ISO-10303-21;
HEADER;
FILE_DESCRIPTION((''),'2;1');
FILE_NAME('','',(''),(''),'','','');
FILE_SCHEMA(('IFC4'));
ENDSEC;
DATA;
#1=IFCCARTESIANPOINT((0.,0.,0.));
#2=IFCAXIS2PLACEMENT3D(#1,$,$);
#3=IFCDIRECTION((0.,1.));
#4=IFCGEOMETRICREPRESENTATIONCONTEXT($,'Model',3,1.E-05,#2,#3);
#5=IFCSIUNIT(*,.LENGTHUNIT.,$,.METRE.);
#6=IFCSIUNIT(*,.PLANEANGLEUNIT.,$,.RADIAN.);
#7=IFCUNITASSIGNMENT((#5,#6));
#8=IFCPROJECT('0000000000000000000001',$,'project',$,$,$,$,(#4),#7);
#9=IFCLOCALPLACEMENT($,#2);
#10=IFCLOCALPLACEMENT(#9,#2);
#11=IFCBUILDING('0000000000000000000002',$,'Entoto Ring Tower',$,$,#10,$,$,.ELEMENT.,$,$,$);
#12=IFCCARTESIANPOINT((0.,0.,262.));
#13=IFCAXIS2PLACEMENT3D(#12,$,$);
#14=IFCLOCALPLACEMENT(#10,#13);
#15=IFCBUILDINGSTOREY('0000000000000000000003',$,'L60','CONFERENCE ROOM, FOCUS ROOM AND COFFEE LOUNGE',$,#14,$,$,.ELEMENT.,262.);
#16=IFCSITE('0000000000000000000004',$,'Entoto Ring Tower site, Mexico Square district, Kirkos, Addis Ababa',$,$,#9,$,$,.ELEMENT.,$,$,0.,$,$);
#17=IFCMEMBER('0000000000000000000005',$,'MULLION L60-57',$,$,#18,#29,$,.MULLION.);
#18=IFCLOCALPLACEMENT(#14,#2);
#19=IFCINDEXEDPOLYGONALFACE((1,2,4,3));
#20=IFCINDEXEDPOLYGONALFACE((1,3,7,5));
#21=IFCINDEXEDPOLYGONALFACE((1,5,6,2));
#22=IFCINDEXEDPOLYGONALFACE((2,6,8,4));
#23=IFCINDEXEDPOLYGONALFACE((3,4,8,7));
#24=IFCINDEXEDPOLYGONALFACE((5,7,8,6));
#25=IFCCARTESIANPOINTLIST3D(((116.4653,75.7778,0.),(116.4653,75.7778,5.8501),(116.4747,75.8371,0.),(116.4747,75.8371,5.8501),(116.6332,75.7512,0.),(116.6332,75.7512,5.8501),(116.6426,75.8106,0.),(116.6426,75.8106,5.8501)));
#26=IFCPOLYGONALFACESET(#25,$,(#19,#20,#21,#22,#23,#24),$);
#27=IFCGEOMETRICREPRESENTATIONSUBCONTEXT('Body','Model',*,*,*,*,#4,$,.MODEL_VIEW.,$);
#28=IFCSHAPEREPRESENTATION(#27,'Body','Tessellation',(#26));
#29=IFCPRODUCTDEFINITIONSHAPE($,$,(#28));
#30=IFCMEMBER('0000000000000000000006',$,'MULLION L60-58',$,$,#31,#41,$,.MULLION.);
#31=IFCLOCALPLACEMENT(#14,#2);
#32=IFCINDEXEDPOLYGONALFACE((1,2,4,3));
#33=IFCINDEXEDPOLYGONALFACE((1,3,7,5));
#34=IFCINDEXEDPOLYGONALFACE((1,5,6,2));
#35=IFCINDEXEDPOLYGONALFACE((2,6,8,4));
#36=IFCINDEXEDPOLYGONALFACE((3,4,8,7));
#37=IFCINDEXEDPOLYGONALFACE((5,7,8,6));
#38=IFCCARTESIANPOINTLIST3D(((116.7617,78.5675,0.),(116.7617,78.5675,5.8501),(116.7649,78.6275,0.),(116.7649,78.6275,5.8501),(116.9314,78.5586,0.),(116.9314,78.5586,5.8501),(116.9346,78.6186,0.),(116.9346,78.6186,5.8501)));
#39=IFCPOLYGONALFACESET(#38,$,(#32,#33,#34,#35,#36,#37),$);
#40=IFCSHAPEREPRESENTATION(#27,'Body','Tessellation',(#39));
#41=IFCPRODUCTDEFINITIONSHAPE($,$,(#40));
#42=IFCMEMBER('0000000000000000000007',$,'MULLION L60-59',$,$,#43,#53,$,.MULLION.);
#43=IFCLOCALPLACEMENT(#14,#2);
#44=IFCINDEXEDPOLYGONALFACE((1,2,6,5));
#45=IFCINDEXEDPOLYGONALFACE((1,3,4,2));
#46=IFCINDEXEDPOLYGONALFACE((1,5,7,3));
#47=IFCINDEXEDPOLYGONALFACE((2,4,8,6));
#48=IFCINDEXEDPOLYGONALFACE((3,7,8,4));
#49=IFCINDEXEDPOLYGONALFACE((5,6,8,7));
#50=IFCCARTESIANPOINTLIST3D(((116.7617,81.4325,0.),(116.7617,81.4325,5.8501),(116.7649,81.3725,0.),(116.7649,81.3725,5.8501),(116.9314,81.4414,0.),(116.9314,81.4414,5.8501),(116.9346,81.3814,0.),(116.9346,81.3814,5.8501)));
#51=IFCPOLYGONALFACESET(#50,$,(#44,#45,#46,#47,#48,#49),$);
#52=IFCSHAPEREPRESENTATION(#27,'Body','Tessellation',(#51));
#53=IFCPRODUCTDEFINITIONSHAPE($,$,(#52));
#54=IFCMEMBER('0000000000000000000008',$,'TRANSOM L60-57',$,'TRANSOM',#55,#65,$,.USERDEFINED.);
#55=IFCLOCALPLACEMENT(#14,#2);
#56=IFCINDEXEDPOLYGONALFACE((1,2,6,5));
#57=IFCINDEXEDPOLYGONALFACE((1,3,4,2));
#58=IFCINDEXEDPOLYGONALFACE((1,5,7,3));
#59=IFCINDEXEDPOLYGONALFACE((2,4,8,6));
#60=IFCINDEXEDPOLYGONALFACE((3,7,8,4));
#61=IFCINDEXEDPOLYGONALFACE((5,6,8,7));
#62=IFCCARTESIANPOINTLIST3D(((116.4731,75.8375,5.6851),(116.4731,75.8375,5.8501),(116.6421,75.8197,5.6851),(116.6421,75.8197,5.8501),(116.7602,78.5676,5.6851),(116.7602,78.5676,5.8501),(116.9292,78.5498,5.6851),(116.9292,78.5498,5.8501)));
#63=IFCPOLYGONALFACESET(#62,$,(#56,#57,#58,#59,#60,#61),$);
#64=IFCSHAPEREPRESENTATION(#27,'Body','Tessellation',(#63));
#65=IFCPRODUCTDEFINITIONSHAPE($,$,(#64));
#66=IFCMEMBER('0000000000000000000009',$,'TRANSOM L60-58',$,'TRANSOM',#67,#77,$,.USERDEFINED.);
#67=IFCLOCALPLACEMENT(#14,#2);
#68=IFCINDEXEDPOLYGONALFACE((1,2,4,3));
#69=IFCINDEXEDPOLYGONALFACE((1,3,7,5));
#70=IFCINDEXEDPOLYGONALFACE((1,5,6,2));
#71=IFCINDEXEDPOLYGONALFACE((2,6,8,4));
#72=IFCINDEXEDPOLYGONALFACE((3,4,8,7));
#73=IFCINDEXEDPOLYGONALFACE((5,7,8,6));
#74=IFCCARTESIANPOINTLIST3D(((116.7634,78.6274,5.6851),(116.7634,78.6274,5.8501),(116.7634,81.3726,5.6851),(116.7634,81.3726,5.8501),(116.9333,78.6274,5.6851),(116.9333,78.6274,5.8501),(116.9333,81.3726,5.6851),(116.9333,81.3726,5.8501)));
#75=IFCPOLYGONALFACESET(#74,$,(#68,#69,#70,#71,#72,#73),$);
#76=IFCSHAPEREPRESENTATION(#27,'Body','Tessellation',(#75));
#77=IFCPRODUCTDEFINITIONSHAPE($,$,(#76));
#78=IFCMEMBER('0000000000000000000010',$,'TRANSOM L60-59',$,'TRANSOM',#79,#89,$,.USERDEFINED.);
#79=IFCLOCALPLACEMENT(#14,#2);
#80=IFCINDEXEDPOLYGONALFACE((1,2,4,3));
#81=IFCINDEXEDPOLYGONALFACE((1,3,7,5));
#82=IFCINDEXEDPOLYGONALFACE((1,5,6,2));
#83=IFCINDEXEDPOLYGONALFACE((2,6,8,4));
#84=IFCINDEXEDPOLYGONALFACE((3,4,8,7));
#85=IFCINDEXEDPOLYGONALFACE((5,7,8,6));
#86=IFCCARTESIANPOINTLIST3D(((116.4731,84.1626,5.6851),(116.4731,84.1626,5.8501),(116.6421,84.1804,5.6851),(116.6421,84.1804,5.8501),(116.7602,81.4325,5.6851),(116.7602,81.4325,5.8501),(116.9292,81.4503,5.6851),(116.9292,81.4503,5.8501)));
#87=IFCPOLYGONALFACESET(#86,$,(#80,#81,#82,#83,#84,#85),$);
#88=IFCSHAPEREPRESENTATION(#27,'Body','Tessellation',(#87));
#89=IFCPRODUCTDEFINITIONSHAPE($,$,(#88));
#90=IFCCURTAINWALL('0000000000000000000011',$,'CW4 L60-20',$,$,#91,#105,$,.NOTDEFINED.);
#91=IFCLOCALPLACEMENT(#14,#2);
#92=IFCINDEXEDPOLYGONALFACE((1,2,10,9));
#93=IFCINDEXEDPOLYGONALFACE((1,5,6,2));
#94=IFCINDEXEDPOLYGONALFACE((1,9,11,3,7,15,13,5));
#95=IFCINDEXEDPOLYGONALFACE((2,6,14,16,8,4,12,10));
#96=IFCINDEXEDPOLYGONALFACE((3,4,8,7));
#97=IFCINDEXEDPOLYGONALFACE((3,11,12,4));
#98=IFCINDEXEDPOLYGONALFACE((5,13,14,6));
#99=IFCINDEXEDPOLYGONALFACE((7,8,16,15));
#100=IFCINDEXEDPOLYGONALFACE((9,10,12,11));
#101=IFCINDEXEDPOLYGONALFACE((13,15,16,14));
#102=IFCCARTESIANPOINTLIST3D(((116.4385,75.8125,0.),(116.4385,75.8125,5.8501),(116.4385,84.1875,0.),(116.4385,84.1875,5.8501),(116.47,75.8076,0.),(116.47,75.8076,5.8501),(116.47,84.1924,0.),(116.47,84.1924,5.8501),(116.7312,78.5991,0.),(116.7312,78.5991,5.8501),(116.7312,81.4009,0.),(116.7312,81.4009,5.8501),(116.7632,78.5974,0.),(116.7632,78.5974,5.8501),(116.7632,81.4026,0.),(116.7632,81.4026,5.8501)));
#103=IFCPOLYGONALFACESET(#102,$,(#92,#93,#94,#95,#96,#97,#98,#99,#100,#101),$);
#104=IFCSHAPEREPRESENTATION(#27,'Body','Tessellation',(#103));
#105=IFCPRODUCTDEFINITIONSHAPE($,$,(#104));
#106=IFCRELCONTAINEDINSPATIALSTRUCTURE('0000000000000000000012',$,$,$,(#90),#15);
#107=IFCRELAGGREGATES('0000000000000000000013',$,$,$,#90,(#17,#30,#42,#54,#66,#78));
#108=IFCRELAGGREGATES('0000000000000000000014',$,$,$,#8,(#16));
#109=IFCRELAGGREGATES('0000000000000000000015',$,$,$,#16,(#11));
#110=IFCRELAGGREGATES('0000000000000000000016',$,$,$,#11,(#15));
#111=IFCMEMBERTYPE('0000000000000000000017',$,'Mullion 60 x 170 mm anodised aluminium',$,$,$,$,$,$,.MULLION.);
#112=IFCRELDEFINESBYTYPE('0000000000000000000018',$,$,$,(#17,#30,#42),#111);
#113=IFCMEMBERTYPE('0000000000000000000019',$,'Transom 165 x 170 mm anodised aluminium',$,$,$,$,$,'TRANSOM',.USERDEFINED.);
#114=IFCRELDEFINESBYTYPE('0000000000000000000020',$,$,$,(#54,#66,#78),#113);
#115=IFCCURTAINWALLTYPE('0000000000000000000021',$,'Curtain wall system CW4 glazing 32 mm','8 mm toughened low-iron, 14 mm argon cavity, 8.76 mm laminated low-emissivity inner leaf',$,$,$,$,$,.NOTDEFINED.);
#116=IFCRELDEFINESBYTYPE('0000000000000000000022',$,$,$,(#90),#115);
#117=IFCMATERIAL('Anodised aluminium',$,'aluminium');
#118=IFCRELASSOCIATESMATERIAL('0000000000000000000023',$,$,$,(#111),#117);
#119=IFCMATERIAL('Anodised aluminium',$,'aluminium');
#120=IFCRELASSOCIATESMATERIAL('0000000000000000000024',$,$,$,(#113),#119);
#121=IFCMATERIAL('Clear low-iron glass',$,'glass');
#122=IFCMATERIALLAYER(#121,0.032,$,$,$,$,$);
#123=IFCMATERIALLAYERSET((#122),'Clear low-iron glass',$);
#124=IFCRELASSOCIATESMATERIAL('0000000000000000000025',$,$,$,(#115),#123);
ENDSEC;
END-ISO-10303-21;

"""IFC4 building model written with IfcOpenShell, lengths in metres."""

from ifc_helpers import new_model, si_unit, direction, frame, origin, origin_2d, place, context, subcontext, project, spatial, polyline, rectangle, outline, extrude, material, layer, layer_set, material_profile, profile_set, type_object, element, aggregate, save


model = new_model("IFC4")

# Units and contexts
model_context = context("Model", 3, precision=1e-05, world=origin(), true_north=direction((0.0, 1.0)))
body_context = subcontext(model_context, "Body", "Model", "MODEL_VIEW")
ifc_project = project(units=[si_unit("LENGTHUNIT", "METRE"), si_unit("PLANEANGLEUNIT", "RADIAN")], contexts=[model_context])

# Members
ifc_material_1 = material(Name="Anodised aluminium", Category="aluminium")
ifc_material_profile_1 = material_profile(ifc_material_1, rectangle(XDim=0.0601, YDim=0.1699, at=origin_2d()), Name="Mullion 60 x 170 mm anodised aluminium")
ifc_profile_set_1 = profile_set([ifc_material_profile_1], Name="Anodised aluminium")
member_type_1 = type_object("IfcMemberType", Name="Mullion 60 x 170 mm anodised aluminium", PredefinedType="MULLION", material=ifc_profile_set_1)
site_placement = place(None, origin())
building_placement = place(site_placement, origin())
storey_placement = place(building_placement, frame((0.0, 0.0, 262.0)))
member_1_placement = place(storey_placement, frame((116.554, 75.7942, 0.0), z_axis=(0.0, 0.0, 1.0), x_axis=(0.156434, 0.987688, 0.0)))
member_1 = element("IfcMember", 1, at=member_1_placement, type_object=member_type_1, Name="MULLION L60-57", PredefinedType="MULLION", context=body_context, shape_type="SweptSolid", body=[
    extrude(rectangle(XDim=0.0601, YDim=0.1699, at=origin_2d()), origin(), (0.0, 0.0, 1.0), 5.8501),
])
member_2_placement = place(storey_placement, frame((116.8481, 78.593, 0.0), z_axis=(0.0, 0.0, 1.0), x_axis=(0.052336, 0.99863, 0.0)))
member_2 = element("IfcMember", 2, at=member_2_placement, type_object=member_type_1, Name="MULLION L60-58", PredefinedType="MULLION", context=body_context, shape_type="SweptSolid", body=[
    extrude(rectangle(XDim=0.0601, YDim=0.1699, at=origin_2d()), origin(), (0.0, 0.0, 1.0), 5.8501),
])
member_3_placement = place(storey_placement, frame((116.8481, 81.407, 0.0), z_axis=(0.0, 0.0, 1.0), x_axis=(-0.052336, 0.99863, 0.0)))
member_3 = element("IfcMember", 3, at=member_3_placement, type_object=member_type_1, Name="MULLION L60-59", PredefinedType="MULLION", context=body_context, shape_type="SweptSolid", body=[
    extrude(rectangle(XDim=0.0601, YDim=0.1699, at=origin_2d()), origin(), (0.0, 0.0, 1.0), 5.8501),
])
ifc_material_2 = material(Name="Anodised aluminium", Category="aluminium")
ifc_material_profile_2 = material_profile(ifc_material_2, rectangle(XDim=0.1699, YDim=0.165, at=origin_2d()), Name="Transom 165 x 170 mm anodised aluminium")
ifc_profile_set_2 = profile_set([ifc_material_profile_2], Name="Anodised aluminium")
member_type_2 = type_object("IfcMemberType", Name="Transom 165 x 170 mm anodised aluminium", ElementType="TRANSOM", PredefinedType="USERDEFINED", material=ifc_profile_set_2)
member_4_placement = place(storey_placement, frame((116.5576, 75.8286, 5.7676), z_axis=(0.104592, 0.994515, 0.0), x_axis=(-0.994515, 0.104592, 0.0)))
member_4 = element("IfcMember", 4, at=member_4_placement, type_object=member_type_2, Name="TRANSOM L60-57", ObjectType="TRANSOM", PredefinedType="USERDEFINED", context=body_context, shape_type="SweptSolid", body=[
    extrude(rectangle(XDim=0.1699, YDim=0.165, at=origin_2d()), origin(), (0.0, 0.0, 1.0), 2.7451),
])
member_5_placement = place(storey_placement, frame((116.8484, 78.6274, 5.7676), z_axis=(0.0, 1.0, 0.0), x_axis=(-1.0, 0.0, 0.0)))
member_5 = element("IfcMember", 5, at=member_5_placement, type_object=member_type_2, Name="TRANSOM L60-58", ObjectType="TRANSOM", PredefinedType="USERDEFINED", context=body_context, shape_type="SweptSolid", body=[
    extrude(rectangle(XDim=0.1699, YDim=0.165, at=origin_2d()), origin(), (0.0, 0.0, 1.0), 2.7451),
])
member_6_placement = place(storey_placement, frame((116.8447, 81.4414, 5.7676), z_axis=(-0.104592, 0.994515, 0.0), x_axis=(-0.994515, -0.104592, 0.0)))
member_6 = element("IfcMember", 6, at=member_6_placement, type_object=member_type_2, Name="TRANSOM L60-59", ObjectType="TRANSOM", PredefinedType="USERDEFINED", context=body_context, shape_type="SweptSolid", body=[
    extrude(rectangle(XDim=0.1699, YDim=0.165, at=origin_2d()), origin(), (0.0, 0.0, 1.0), 2.7451),
])

# Site, building, storey
site = spatial("IfcSite", under=ifc_project, at=site_placement, Name="Entoto Ring Tower site, Mexico Square district, Kirkos, Addis Ababa", CompositionType="ELEMENT", RefElevation=0.0)
building = spatial("IfcBuilding", under=site, at=building_placement, Name="Entoto Ring Tower", CompositionType="ELEMENT")
storey = spatial("IfcBuildingStorey", under=building, at=storey_placement, Name="L60", Description="CONFERENCE ROOM, FOCUS ROOM AND COFFEE LOUNGE", CompositionType="ELEMENT", Elevation=262.0)

# Curtain wall
ifc_material_3 = material(Name="Clear low-iron glass", Category="glass")
ifc_layer = layer(ifc_material_3, 0.032)
ifc_layer_set = layer_set([ifc_layer], Name="Clear low-iron glass")
curtain_wall_type = type_object("IfcCurtainWallType", Name="Curtain wall system CW4 glazing 32 mm", Description="8 mm toughened low-iron, 14 mm argon cavity, 8.76 mm laminated low-emissivity inner leaf", PredefinedType="NOTDEFINED", material=ifc_layer_set)
curtain_wall_1_placement = place(storey_placement, origin())
curtain_wall_1 = element("IfcCurtainWall", 7, at=curtain_wall_1_placement, inside=storey, type_object=curtain_wall_type, Name="CW4 L60-20", PredefinedType="NOTDEFINED", context=body_context, shape_type="SweptSolid", body=[
    extrude(outline(polyline([(116.47, 75.8076), (116.7632, 78.5974), (116.7632, 81.4026), (116.47, 84.1924), (116.4385, 84.1875), (116.7312, 81.4009), (116.7312, 78.5991), (116.4385, 75.8125), (116.47, 75.8076)])), origin(), (0.0, 0.0, 1.0), 5.8501),
])
aggregate(curtain_wall_1, [member_1, member_2, member_3, member_4, member_5, member_6])

save(model, "model.ifc")
